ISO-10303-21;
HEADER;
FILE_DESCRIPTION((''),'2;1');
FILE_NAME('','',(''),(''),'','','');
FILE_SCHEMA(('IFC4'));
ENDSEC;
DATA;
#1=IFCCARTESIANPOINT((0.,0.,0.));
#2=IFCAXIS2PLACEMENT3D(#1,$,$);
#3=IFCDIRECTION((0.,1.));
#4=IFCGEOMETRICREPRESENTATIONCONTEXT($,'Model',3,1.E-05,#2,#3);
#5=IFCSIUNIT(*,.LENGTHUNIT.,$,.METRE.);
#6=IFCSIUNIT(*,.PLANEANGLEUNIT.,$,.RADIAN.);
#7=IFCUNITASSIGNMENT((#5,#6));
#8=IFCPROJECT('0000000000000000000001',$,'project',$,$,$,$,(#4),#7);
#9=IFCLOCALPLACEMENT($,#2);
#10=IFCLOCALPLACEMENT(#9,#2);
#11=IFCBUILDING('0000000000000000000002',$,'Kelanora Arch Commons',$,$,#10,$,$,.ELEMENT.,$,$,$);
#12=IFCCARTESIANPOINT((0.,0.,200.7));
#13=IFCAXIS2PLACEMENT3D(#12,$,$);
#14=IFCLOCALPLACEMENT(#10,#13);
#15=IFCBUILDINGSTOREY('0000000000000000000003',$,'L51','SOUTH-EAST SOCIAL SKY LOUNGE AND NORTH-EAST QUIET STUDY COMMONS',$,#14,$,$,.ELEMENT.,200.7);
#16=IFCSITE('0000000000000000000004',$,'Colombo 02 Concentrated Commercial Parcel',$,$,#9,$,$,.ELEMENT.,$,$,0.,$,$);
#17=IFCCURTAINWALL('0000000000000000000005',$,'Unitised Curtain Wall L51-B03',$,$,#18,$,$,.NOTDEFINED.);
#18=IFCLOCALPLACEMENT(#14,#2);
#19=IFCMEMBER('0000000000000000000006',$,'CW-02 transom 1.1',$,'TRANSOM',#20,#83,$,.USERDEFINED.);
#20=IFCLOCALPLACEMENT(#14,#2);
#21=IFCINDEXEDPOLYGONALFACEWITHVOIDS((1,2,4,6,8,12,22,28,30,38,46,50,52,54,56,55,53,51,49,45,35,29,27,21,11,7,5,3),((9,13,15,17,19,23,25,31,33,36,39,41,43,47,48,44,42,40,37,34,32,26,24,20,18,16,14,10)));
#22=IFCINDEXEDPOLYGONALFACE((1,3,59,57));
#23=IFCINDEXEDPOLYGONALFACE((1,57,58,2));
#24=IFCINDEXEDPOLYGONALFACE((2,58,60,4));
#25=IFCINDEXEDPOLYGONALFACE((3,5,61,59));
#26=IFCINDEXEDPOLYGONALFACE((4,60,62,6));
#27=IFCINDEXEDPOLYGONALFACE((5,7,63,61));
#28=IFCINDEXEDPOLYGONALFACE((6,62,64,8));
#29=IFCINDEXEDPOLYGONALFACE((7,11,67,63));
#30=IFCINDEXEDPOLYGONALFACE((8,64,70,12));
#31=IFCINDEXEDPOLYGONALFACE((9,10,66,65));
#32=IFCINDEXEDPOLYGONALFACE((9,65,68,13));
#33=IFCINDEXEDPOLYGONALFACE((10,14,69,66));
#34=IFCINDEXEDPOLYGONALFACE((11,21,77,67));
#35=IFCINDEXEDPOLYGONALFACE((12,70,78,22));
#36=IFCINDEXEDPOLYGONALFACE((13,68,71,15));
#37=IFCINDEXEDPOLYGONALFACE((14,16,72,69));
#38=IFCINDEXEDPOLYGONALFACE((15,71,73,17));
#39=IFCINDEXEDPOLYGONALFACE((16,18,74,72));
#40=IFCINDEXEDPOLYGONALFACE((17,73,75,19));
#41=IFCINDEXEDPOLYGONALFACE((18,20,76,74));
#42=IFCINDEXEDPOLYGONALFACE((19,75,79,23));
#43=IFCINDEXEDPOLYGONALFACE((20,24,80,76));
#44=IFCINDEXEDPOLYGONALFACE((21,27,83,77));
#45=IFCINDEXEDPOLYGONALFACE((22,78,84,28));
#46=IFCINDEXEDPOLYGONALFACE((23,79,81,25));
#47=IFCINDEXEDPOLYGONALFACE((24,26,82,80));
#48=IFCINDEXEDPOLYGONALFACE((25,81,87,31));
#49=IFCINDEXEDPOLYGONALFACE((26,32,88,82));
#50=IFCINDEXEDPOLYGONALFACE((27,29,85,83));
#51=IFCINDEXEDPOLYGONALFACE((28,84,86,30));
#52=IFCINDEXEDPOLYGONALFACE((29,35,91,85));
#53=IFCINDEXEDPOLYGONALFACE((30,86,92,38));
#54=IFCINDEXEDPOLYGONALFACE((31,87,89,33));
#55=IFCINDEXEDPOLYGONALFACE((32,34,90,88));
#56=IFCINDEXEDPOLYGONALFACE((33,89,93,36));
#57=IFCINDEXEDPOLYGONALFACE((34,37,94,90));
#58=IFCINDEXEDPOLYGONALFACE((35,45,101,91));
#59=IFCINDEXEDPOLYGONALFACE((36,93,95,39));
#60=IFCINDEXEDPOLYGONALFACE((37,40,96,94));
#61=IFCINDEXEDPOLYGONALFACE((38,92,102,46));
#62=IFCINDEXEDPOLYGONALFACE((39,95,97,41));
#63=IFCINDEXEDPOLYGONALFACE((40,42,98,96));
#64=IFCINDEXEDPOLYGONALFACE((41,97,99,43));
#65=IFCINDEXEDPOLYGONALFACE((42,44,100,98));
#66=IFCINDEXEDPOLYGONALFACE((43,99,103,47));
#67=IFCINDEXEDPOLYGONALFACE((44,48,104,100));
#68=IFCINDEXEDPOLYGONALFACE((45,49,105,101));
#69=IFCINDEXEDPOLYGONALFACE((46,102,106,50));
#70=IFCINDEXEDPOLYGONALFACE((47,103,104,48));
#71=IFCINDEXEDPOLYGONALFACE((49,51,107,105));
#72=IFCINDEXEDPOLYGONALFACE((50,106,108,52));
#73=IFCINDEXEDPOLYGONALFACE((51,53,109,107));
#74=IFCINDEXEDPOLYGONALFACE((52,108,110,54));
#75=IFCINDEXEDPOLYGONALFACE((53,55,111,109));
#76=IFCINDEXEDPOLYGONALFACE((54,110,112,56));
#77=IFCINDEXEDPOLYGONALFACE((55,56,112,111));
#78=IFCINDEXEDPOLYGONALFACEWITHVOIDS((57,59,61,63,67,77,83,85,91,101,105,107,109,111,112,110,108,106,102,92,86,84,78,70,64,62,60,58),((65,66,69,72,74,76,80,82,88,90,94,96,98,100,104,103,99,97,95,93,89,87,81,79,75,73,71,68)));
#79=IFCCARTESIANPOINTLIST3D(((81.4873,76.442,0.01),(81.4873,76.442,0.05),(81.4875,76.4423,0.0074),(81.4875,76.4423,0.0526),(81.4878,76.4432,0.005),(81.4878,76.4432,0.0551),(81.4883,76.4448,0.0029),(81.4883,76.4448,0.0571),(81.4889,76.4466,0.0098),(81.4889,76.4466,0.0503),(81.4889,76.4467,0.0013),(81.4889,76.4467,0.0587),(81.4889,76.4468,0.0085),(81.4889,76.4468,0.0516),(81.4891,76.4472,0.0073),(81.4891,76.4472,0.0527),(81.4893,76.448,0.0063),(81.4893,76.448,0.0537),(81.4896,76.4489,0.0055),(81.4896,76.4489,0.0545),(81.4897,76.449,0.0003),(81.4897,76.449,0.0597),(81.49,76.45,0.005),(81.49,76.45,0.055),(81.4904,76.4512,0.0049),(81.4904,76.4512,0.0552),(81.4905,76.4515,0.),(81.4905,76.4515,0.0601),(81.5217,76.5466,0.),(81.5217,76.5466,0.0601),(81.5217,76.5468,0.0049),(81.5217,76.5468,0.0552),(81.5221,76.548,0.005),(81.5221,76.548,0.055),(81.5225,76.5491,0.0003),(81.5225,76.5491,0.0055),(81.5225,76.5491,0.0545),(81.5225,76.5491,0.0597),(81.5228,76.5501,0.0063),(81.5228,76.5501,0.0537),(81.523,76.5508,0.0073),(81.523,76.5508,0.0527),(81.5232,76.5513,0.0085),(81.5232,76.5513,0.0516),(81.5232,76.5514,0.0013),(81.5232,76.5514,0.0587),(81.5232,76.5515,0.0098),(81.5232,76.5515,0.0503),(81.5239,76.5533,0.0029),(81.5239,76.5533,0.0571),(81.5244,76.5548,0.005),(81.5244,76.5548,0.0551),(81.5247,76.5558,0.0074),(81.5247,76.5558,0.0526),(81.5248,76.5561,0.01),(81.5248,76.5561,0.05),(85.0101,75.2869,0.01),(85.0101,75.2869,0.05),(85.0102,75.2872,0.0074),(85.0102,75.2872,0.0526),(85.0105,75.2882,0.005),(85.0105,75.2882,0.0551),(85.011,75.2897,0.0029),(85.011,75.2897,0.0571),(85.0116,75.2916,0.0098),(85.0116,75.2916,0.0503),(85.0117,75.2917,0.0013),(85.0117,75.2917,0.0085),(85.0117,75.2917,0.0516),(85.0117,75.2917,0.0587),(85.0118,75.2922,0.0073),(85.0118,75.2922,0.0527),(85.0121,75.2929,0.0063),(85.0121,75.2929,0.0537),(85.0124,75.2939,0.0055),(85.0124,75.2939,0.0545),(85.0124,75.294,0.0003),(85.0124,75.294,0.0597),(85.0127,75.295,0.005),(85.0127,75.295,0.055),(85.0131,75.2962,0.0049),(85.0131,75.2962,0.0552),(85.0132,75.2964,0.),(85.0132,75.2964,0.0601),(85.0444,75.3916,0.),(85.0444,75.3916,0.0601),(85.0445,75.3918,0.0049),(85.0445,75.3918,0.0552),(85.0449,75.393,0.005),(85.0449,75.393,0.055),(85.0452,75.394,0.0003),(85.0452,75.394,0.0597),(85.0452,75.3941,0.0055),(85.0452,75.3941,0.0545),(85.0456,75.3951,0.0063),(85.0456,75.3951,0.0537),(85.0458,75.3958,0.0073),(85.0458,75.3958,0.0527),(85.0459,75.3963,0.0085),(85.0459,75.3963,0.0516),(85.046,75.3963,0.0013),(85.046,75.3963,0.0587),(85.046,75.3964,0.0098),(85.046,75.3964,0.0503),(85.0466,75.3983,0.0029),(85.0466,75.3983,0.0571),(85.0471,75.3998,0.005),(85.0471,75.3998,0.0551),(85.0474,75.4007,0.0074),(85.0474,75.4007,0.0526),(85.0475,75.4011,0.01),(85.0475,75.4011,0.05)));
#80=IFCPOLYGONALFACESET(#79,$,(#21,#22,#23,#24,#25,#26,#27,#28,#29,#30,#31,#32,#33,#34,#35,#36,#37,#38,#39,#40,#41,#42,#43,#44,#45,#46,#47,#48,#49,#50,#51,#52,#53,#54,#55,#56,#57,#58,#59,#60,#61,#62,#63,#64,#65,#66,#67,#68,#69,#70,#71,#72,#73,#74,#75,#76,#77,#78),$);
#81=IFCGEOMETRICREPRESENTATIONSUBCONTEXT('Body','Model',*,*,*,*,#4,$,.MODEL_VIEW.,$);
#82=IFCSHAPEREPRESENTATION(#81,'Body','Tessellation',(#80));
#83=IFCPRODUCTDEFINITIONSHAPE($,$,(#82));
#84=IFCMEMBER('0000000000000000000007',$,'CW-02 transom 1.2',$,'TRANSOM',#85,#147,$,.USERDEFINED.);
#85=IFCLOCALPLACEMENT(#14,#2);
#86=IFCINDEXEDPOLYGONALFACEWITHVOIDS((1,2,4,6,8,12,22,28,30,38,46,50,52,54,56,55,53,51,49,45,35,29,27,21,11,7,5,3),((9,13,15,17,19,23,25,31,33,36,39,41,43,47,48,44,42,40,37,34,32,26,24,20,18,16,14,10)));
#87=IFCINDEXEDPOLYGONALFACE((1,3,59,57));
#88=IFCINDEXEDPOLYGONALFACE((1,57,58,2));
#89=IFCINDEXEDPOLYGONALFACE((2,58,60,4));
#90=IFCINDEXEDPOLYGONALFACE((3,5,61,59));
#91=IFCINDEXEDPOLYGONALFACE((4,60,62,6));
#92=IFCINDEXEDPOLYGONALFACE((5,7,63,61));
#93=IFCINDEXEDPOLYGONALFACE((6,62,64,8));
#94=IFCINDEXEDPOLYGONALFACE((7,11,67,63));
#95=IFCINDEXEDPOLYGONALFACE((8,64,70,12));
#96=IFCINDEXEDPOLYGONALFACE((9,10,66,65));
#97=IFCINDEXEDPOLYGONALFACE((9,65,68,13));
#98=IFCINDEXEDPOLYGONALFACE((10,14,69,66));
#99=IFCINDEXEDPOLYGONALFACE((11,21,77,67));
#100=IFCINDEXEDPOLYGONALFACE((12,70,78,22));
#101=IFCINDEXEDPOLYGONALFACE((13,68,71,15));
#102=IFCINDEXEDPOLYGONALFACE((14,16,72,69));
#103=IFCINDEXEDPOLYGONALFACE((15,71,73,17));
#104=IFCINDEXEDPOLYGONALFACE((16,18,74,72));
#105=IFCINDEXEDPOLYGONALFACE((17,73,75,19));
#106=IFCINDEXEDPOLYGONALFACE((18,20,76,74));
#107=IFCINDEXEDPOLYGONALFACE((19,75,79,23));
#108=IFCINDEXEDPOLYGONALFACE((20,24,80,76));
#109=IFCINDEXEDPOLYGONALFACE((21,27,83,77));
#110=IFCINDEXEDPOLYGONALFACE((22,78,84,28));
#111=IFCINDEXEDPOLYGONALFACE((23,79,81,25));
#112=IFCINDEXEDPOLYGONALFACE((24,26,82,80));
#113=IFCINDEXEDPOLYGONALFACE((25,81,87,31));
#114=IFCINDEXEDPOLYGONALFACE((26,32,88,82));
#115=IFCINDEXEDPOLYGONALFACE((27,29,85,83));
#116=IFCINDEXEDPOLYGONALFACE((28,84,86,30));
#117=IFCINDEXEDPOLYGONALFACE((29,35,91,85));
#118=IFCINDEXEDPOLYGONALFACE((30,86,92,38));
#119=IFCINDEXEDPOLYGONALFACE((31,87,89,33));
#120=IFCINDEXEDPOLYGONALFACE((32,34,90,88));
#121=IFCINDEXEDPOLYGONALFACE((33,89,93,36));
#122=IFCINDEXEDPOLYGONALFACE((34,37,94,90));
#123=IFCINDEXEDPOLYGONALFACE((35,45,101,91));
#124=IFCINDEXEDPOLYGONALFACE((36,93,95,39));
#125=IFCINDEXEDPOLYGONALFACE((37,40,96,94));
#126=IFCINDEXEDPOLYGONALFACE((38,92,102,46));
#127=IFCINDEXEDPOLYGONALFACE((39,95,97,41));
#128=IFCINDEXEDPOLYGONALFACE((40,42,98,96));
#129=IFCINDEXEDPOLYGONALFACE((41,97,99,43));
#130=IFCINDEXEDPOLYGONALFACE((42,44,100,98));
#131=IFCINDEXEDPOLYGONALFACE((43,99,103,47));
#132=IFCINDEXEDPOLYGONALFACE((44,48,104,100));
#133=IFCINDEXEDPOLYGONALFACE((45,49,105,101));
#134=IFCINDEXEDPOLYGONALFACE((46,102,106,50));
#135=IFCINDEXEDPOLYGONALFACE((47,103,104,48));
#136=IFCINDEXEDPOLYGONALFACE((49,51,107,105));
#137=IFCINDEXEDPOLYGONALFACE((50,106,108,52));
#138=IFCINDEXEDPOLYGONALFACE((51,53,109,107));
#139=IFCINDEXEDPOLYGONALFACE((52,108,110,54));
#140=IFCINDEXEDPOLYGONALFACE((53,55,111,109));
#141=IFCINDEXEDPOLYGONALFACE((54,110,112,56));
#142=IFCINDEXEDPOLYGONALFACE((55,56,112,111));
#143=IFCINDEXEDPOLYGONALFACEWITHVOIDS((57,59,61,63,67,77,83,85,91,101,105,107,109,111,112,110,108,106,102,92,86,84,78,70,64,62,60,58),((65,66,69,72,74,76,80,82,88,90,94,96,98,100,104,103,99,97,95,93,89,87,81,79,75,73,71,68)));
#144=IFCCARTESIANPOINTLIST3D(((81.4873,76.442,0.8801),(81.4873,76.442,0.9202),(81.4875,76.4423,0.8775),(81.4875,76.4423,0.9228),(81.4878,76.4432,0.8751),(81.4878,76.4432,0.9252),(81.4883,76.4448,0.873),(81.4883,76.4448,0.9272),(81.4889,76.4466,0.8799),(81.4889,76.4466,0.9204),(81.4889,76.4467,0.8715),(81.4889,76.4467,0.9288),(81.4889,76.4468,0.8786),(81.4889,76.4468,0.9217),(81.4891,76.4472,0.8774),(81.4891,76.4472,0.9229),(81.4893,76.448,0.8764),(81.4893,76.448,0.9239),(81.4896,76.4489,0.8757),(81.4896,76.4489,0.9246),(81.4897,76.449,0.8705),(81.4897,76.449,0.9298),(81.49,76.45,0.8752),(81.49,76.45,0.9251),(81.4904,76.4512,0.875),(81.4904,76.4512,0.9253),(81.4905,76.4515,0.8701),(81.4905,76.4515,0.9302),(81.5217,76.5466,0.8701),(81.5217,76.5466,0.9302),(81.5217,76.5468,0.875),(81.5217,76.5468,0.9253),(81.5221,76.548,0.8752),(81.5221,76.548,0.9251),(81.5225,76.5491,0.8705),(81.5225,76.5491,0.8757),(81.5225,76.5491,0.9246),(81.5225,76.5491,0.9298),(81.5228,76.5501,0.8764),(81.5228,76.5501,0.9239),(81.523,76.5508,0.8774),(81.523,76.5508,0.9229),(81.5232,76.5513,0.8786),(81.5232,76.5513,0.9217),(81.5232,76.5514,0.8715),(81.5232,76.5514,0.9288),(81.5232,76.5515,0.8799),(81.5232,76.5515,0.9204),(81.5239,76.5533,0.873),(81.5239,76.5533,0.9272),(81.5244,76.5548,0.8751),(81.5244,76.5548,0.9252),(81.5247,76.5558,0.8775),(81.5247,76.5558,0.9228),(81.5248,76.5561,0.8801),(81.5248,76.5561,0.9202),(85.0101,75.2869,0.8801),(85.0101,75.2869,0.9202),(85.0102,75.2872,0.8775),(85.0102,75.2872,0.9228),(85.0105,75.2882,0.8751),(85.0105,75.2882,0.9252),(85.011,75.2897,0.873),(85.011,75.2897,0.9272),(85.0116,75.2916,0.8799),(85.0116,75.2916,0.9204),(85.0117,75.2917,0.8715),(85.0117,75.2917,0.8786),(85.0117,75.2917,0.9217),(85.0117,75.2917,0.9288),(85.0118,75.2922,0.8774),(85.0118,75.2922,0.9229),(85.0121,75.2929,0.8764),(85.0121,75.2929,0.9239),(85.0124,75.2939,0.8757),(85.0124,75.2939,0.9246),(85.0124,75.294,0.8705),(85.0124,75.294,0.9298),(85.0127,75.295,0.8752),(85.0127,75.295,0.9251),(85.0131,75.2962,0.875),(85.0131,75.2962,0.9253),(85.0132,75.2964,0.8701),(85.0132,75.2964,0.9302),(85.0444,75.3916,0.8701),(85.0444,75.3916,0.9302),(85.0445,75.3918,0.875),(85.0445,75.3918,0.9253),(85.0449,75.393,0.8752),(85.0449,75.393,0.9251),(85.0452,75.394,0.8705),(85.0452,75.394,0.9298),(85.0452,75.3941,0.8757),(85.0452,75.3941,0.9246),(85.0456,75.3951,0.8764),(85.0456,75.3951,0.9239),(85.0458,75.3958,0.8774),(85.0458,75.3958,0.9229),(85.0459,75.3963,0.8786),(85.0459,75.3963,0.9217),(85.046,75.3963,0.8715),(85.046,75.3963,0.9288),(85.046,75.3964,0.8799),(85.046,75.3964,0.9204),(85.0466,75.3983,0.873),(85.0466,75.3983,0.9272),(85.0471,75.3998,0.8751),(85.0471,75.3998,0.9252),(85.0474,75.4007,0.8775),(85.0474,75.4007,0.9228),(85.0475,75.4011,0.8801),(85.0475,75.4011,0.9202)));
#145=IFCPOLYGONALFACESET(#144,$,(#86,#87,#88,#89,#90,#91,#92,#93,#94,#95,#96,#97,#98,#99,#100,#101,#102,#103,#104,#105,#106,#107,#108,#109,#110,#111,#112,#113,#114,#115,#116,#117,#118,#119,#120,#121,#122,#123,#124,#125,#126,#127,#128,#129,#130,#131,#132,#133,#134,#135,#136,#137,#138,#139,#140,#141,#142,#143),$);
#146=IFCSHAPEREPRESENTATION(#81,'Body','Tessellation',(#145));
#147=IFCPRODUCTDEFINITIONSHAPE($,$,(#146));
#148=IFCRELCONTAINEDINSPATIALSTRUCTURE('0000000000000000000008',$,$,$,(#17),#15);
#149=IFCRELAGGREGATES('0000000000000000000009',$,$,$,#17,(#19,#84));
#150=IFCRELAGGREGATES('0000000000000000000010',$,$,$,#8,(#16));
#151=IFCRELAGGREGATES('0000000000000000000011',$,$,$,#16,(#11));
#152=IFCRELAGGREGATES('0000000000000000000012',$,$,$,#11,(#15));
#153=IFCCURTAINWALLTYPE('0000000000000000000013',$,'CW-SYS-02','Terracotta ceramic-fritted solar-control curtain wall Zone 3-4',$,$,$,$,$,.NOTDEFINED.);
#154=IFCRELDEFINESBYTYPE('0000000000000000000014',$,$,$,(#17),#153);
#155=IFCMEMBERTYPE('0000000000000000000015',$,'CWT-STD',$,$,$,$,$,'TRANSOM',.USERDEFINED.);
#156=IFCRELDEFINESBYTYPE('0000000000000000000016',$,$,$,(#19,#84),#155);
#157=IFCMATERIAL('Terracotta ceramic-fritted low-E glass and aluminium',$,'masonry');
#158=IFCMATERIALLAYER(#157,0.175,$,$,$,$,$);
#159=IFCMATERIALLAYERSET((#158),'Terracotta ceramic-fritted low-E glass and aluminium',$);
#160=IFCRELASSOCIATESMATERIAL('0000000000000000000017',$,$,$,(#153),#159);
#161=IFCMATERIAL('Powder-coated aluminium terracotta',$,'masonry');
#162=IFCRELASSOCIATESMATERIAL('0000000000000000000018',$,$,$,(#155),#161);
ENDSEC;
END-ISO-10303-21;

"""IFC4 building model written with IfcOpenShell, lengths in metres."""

from ifc_helpers import new_model, si_unit, direction, frame, origin, origin_2d, place, context, subcontext, project, spatial, hollow_rectangle, extrude, material, layer, layer_set, material_profile, profile_set, type_object, element, aggregate, save


model = new_model("IFC4")

# Units and contexts
model_context = context("Model", 3, precision=1e-05, world=origin(), true_north=direction((0.0, 1.0)))
body_context = subcontext(model_context, "Body", "Model", "MODEL_VIEW")
ifc_project = project(units=[si_unit("LENGTHUNIT", "METRE"), si_unit("PLANEANGLEUNIT", "RADIAN")], contexts=[model_context])

# Site, building, storey
site_placement = place(None, origin())
site = spatial("IfcSite", under=ifc_project, at=site_placement, Name="Colombo 02 Concentrated Commercial Parcel", CompositionType="ELEMENT", RefElevation=0.0)
building_placement = place(site_placement, origin())
building = spatial("IfcBuilding", under=site, at=building_placement, Name="Kelanora Arch Commons", CompositionType="ELEMENT")
storey_placement = place(building_placement, frame((0.0, 0.0, 200.7)))
storey = spatial("IfcBuildingStorey", under=building, at=storey_placement, Name="L51", Description="SOUTH-EAST SOCIAL SKY LOUNGE AND NORTH-EAST QUIET STUDY COMMONS", CompositionType="ELEMENT", Elevation=200.7)

# Shared definitions
ifc_material_1 = material(Name="Terracotta ceramic-fritted low-E glass and aluminium", Category="masonry")
ifc_layer_1 = layer(ifc_material_1, 0.175)
ifc_layer_set_1 = layer_set([ifc_layer_1], Name="Terracotta ceramic-fritted low-E glass and aluminium")
curtain_wall_type = type_object("IfcCurtainWallType", Name="CW-SYS-02", Description="Terracotta ceramic-fritted solar-control curtain wall Zone 3-4", PredefinedType="NOTDEFINED", material=ifc_layer_set_1)
ifc_material_2 = material(Name="Powder-coated aluminium terracotta", Category="masonry")

# Curtain wall, members
curtain_wall_1_placement = place(storey_placement, origin())
curtain_wall_1 = element("IfcCurtainWall", 1, at=curtain_wall_1_placement, inside=storey, type_object=curtain_wall_type, Name="Unitised Curtain Wall L51-B03", PredefinedType="NOTDEFINED")
ifc_material_profile_1 = material_profile(ifc_material_2, hollow_rectangle(XDim=0.1201, YDim=0.0601, WallThickness=0.0049, InnerFilletRadius=0.0049, OuterFilletRadius=0.01, at=origin_2d()), Name="CWT120x60")
ifc_profile_set_1 = profile_set([ifc_material_profile_1], Name="Powder-coated aluminium terracotta")
member_type_1 = type_object("IfcMemberType", Name="CWT-STD", ElementType="TRANSOM", PredefinedType="USERDEFINED", material=ifc_profile_set_1)
member_1_placement = place(storey_placement, frame((85.0288, 75.344, 0.03), z_axis=(-0.950226, 0.311561, 0.0), x_axis=(-0.311561, -0.950226, 0.0)))
member_1 = element("IfcMember", 2, at=member_1_placement, type_object=member_type_1, Name="CW-02 transom 1.1", ObjectType="TRANSOM", PredefinedType="USERDEFINED", context=body_context, shape_type="SweptSolid", body=[
    extrude(hollow_rectangle(XDim=0.1201, YDim=0.0601, WallThickness=0.0049, InnerFilletRadius=0.0049, OuterFilletRadius=0.01, at=origin_2d()), origin(), (0.0, 0.0, 1.0), 3.7073),
])
member_2_placement = place(storey_placement, frame((85.0288, 75.344, 0.9001), z_axis=(-0.950226, 0.311561, 0.0), x_axis=(-0.311561, -0.950226, 0.0)))
member_2 = element("IfcMember", 3, at=member_2_placement, type_object=member_type_1, Name="CW-02 transom 1.2", ObjectType="TRANSOM", PredefinedType="USERDEFINED", context=body_context, shape_type="SweptSolid", body=[
    extrude(hollow_rectangle(XDim=0.1201, YDim=0.0601, WallThickness=0.0049, InnerFilletRadius=0.0049, OuterFilletRadius=0.01, at=origin_2d()), origin(), (0.0, 0.0, 1.0), 3.7073),
])
aggregate(curtain_wall_1, [member_1, member_2])

save(model, "model.ifc")
